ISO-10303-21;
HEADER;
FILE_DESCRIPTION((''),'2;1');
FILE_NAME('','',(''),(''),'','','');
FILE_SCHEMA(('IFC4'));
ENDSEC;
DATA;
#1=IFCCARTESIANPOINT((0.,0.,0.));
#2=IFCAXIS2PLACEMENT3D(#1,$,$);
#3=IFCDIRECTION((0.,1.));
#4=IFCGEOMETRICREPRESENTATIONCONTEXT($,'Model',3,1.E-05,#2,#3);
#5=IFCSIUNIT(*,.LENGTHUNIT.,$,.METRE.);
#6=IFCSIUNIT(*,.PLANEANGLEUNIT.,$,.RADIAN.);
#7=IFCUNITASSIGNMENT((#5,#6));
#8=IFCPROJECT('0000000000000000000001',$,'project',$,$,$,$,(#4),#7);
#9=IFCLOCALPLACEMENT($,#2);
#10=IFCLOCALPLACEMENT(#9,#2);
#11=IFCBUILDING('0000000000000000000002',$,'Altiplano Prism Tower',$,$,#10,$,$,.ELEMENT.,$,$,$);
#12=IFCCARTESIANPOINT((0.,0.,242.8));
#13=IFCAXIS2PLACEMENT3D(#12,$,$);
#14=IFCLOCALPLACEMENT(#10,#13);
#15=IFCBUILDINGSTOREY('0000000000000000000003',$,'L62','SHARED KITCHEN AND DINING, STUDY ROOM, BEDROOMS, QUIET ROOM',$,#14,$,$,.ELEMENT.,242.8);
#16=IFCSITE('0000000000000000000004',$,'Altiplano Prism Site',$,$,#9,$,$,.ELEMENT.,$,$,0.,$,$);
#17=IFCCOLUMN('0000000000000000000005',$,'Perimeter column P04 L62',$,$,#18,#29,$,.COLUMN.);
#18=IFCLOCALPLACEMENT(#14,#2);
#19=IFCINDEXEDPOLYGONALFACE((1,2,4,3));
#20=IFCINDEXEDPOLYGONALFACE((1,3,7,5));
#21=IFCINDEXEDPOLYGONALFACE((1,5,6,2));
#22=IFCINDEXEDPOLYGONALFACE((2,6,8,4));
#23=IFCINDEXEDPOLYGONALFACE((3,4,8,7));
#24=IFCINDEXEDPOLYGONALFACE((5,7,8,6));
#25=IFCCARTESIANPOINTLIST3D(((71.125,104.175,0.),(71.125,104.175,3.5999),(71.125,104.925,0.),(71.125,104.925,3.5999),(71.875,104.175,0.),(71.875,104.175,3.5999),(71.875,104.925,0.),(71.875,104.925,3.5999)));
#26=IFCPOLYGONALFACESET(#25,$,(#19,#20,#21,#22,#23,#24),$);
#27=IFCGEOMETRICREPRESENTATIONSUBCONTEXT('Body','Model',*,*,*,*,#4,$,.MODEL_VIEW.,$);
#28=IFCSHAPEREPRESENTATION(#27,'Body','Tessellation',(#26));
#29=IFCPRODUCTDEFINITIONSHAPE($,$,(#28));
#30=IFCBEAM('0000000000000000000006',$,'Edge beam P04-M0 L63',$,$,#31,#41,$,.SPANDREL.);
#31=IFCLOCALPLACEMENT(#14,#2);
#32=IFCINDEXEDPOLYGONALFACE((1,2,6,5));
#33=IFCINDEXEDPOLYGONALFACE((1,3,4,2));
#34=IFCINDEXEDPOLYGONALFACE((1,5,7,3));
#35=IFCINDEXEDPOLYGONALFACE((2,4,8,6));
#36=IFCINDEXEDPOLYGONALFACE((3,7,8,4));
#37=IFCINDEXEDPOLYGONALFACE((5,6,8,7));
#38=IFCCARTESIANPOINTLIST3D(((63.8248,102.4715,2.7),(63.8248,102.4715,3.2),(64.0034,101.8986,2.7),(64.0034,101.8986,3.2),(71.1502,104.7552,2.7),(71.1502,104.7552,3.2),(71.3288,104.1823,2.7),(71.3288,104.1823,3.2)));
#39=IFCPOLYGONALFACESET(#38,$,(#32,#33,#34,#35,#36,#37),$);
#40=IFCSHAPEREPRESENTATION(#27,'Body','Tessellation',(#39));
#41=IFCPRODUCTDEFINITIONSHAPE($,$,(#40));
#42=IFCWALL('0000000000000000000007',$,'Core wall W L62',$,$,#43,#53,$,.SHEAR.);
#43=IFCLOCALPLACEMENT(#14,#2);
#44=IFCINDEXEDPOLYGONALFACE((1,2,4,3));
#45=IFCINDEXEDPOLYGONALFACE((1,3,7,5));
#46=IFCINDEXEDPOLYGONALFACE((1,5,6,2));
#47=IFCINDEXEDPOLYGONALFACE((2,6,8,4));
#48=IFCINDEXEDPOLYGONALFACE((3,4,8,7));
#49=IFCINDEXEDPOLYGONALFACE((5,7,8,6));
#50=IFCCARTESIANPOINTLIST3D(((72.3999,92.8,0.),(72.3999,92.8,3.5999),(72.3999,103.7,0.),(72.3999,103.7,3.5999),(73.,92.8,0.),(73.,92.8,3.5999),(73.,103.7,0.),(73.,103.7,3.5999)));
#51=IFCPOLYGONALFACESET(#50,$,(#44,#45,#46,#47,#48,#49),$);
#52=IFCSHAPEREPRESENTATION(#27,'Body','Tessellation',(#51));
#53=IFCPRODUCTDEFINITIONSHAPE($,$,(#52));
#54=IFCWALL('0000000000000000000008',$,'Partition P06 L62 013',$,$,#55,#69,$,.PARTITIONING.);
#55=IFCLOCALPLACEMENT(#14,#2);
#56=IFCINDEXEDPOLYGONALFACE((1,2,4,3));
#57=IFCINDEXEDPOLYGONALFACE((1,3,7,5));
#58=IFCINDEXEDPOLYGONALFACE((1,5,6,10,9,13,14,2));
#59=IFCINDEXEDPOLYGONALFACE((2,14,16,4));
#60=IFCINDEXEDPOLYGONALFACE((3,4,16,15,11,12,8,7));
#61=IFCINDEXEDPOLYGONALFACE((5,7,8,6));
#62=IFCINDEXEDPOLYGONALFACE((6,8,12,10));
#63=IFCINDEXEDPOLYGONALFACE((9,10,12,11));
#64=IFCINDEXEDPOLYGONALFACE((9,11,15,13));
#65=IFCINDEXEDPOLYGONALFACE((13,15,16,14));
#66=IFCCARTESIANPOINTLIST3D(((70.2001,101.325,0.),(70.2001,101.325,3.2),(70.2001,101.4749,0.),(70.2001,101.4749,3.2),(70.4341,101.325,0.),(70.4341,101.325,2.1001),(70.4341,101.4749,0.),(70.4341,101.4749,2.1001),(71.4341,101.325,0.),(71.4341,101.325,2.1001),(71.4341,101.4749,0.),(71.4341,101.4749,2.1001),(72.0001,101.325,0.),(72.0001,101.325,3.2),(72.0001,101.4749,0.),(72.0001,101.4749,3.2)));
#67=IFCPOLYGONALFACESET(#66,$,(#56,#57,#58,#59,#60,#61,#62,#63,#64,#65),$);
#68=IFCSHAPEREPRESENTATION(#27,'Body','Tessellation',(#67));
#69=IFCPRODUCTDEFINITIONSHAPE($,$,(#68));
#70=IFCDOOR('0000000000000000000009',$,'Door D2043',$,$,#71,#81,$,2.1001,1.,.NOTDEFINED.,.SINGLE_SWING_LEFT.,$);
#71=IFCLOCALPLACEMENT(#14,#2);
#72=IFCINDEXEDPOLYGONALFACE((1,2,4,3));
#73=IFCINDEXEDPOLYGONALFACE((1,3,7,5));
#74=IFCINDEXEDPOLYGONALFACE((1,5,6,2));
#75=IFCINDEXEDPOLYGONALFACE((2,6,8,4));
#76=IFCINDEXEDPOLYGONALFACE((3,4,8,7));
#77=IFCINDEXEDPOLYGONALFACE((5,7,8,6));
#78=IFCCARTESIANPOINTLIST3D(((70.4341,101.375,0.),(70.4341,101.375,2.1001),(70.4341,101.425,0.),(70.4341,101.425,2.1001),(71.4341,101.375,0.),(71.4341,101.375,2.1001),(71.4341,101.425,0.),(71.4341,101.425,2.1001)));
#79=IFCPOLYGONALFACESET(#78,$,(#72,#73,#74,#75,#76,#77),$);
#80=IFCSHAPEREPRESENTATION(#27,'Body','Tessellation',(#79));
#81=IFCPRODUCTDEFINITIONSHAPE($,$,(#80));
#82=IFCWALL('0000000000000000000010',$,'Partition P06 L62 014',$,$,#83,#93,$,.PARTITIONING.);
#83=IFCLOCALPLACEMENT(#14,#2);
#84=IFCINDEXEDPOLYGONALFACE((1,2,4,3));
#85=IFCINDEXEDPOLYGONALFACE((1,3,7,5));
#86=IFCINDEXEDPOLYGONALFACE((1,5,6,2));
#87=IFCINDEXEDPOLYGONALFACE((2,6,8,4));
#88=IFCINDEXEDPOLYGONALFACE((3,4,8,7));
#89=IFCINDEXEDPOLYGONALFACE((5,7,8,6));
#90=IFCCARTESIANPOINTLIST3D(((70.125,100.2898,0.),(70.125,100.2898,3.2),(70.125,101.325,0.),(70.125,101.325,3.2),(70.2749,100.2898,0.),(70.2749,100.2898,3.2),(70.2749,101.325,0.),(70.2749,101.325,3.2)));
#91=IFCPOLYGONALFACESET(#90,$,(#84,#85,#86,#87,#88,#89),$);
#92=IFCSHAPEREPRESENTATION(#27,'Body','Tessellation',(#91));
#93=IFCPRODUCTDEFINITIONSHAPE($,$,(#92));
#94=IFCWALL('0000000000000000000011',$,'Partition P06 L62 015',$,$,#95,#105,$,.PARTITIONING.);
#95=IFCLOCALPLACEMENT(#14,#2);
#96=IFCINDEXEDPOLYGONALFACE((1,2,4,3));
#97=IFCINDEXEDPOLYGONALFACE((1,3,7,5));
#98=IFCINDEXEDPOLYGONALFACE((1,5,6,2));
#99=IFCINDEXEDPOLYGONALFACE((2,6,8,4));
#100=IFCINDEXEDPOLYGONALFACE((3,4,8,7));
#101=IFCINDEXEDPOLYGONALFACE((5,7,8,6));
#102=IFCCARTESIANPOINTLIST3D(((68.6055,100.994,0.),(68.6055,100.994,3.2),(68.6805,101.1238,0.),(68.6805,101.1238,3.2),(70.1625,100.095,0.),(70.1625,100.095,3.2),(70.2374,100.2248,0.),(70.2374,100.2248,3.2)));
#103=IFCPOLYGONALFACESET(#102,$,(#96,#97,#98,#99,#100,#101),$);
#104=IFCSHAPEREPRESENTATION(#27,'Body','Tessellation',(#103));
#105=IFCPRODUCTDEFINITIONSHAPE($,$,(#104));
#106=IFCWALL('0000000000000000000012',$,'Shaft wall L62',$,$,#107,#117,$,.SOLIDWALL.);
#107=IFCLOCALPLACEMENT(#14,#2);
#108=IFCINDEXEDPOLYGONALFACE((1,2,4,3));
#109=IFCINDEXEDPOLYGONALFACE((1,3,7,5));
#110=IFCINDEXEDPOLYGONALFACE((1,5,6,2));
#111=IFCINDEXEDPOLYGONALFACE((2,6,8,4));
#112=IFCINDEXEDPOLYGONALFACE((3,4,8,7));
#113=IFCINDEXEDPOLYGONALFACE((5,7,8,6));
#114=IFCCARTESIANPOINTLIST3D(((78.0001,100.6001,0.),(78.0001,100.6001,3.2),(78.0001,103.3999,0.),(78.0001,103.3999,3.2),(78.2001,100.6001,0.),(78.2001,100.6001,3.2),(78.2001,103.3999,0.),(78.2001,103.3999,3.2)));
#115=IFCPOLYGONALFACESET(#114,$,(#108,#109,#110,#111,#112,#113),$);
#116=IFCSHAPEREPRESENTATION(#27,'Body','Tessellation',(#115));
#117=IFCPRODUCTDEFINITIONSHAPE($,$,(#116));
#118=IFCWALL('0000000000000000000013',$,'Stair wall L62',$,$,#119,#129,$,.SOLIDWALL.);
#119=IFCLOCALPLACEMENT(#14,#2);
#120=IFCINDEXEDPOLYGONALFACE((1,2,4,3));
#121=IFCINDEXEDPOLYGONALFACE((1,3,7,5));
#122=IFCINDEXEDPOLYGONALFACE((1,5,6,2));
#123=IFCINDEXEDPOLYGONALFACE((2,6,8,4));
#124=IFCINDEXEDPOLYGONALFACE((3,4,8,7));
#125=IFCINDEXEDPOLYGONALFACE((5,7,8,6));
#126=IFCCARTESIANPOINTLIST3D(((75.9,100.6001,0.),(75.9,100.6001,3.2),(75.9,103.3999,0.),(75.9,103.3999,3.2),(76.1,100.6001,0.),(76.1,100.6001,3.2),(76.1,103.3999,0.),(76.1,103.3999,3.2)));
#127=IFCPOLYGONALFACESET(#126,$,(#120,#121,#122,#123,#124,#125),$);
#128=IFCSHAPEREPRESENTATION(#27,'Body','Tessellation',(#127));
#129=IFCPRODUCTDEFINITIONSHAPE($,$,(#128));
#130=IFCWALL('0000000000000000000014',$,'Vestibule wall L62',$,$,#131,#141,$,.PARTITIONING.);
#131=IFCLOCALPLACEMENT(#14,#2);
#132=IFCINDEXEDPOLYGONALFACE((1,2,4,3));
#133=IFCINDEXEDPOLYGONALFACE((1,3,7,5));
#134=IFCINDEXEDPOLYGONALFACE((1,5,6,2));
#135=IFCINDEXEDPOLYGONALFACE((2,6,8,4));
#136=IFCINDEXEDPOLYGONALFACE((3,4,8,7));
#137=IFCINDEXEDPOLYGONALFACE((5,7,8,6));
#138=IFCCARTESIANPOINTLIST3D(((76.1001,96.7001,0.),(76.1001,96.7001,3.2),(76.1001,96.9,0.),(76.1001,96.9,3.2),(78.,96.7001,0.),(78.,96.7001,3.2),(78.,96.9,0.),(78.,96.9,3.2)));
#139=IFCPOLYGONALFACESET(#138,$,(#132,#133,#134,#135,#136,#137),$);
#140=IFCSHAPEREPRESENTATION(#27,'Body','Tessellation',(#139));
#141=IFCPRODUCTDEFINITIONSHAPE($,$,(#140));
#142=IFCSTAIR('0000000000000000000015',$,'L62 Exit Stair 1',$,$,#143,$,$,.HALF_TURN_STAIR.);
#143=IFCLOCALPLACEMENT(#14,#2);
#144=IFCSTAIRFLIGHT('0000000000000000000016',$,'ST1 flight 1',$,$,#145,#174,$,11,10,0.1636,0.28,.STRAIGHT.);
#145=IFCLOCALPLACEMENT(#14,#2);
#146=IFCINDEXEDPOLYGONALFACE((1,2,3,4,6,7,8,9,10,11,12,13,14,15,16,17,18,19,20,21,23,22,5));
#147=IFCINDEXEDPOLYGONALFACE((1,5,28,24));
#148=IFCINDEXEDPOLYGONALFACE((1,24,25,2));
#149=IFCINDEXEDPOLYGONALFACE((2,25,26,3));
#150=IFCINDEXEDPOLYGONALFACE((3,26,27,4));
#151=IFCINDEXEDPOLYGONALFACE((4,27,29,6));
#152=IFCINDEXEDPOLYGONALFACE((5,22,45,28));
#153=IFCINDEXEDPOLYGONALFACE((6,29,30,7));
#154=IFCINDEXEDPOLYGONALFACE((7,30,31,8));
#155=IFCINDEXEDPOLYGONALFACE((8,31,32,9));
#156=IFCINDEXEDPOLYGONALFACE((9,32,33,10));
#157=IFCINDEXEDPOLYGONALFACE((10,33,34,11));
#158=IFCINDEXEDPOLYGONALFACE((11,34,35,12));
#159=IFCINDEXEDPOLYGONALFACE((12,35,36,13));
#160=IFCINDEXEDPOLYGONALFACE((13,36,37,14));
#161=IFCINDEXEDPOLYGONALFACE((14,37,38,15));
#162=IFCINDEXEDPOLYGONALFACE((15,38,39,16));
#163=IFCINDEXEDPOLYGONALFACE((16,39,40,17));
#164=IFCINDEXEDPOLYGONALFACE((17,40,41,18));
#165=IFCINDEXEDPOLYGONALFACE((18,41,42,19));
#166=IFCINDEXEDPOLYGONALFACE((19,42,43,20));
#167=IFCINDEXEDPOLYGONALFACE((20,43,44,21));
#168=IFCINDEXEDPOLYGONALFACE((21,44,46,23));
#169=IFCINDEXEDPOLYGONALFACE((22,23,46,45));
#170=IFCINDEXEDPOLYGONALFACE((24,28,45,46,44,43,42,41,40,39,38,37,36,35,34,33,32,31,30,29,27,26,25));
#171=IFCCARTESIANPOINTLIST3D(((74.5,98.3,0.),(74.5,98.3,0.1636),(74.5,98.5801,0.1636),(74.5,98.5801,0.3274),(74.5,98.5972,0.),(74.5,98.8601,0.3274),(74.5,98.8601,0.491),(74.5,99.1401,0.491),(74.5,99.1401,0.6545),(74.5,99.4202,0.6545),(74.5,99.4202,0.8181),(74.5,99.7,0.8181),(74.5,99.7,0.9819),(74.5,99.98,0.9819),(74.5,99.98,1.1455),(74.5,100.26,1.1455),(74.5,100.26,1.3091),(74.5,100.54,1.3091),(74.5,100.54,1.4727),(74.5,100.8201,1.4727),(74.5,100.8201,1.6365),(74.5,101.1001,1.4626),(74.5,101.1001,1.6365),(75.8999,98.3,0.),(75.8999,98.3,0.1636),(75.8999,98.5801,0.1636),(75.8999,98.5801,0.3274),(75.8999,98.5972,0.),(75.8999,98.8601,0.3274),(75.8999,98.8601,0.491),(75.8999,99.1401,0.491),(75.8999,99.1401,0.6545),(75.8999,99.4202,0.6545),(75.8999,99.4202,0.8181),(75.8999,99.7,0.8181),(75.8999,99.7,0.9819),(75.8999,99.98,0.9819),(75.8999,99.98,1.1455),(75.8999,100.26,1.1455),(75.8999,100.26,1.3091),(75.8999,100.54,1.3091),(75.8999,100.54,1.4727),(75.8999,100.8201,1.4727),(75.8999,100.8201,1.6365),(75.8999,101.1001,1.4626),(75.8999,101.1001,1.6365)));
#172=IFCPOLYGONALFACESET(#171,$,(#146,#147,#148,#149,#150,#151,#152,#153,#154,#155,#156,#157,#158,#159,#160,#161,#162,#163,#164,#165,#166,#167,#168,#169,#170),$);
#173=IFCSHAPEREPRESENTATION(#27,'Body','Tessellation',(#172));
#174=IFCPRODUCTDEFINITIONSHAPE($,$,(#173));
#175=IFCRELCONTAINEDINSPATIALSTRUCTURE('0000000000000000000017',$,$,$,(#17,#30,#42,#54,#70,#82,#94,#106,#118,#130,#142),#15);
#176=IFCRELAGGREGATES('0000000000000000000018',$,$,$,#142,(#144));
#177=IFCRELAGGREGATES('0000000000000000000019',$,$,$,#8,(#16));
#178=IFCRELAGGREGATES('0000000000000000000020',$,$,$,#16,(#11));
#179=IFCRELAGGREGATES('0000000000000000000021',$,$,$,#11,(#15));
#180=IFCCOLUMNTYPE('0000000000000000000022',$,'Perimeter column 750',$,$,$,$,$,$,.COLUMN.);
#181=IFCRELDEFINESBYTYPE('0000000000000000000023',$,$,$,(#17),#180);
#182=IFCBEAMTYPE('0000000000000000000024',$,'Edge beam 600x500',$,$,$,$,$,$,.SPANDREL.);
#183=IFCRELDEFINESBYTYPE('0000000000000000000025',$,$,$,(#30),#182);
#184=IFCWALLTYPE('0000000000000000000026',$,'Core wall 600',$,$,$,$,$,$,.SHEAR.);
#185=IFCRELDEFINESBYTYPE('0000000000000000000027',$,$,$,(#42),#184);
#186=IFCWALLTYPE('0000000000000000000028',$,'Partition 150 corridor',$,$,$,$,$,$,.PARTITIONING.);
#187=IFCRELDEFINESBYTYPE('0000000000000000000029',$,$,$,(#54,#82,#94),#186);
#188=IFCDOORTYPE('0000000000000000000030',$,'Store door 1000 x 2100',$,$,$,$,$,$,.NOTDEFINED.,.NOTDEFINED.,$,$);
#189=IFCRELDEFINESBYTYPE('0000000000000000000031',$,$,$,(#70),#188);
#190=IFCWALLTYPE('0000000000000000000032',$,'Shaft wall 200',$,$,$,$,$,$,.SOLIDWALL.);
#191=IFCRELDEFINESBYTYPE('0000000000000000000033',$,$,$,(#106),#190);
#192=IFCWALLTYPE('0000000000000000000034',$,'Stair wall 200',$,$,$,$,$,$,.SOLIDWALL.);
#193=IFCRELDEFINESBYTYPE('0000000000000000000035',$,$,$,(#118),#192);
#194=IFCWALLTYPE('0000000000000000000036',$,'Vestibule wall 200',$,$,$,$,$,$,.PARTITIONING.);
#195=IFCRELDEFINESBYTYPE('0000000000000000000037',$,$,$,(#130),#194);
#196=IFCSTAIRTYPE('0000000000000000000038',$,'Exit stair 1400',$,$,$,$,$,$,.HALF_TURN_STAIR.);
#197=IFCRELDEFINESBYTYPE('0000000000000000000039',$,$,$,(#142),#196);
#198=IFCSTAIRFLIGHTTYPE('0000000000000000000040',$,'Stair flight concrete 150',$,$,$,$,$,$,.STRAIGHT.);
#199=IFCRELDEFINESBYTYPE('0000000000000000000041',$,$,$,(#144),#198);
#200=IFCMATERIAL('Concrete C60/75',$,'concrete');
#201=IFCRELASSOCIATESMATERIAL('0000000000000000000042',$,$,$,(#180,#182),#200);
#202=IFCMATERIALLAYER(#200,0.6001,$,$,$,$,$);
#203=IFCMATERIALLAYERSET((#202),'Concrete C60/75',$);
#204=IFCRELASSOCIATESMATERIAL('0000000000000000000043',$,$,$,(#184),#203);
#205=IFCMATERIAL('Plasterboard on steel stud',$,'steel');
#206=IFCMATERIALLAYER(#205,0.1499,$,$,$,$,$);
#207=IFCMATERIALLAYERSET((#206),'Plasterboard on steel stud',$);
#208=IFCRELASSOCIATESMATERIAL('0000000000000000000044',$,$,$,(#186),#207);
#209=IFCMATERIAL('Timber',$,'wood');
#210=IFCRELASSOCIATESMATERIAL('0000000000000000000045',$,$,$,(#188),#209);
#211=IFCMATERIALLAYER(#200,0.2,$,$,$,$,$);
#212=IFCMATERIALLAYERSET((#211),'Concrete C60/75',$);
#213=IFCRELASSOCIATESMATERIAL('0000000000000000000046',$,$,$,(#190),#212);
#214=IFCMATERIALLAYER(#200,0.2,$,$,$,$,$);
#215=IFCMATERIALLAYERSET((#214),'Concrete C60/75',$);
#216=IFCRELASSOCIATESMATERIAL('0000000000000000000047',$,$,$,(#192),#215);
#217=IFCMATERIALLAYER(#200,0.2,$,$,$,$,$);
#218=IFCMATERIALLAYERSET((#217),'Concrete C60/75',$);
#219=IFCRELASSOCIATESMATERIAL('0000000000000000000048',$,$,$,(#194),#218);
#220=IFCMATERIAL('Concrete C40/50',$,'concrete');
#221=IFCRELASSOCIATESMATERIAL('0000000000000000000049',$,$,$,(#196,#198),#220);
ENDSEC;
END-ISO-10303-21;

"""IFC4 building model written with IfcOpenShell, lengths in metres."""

from ifc_helpers import new_model, si_unit, direction, frame, frame_2d, origin, origin_2d, place, context, subcontext, project, spatial, polyline, rectangle, outline, extrude, material, layer, layer_set, material_profile, profile_set, type_object, element, fill, aggregate, save


model = new_model("IFC4")

# Units and contexts
model_context = context("Model", 3, precision=1e-05, world=origin(), true_north=direction((0.0, 1.0)))
body_context = subcontext(model_context, "Body", "Model", "MODEL_VIEW")
ifc_project = project(units=[si_unit("LENGTHUNIT", "METRE"), si_unit("PLANEANGLEUNIT", "RADIAN")], contexts=[model_context])

# Site, building, storey
site_placement = place(None, origin())
site = spatial("IfcSite", under=ifc_project, at=site_placement, Name="Altiplano Prism Site", CompositionType="ELEMENT", RefElevation=0.0)
building_placement = place(site_placement, origin())
building = spatial("IfcBuilding", under=site, at=building_placement, Name="Altiplano Prism Tower", CompositionType="ELEMENT")
storey_placement = place(building_placement, frame((0.0, 0.0, 242.8)))
storey = spatial("IfcBuildingStorey", under=building, at=storey_placement, Name="L62", Description="SHARED KITCHEN AND DINING, STUDY ROOM, BEDROOMS, QUIET ROOM", CompositionType="ELEMENT", Elevation=242.8)

# Column
ifc_material_1 = material(Name="Concrete C60/75", Category="concrete")
ifc_material_profile_1 = material_profile(ifc_material_1, rectangle(XDim=0.75, YDim=0.75, at=origin_2d()), Name="Perimeter column 750")
ifc_profile_set_1 = profile_set([ifc_material_profile_1], Name="Concrete C60/75")
column_type = type_object("IfcColumnType", Name="Perimeter column 750", PredefinedType="COLUMN", material=ifc_profile_set_1)
column_placement = place(storey_placement, frame((71.5, 104.55, 0.0), z_axis=(0.0, 0.0, 1.0), x_axis=(1.0, 0.0, 0.0)))
element("IfcColumn", 1, at=column_placement, inside=storey, type_object=column_type, Name="Perimeter column P04 L62", PredefinedType="COLUMN", context=body_context, shape_type="SweptSolid", body=[
    extrude(rectangle(XDim=0.75, YDim=0.75, at=origin_2d()), origin(), (0.0, 0.0, 1.0), 3.5999),
])

# Beam
ifc_material_profile_2 = material_profile(ifc_material_1, rectangle(XDim=0.6001, YDim=0.5, at=origin_2d()), Name="Edge beam 600x500")
ifc_profile_set_2 = profile_set([ifc_material_profile_2], Name="Concrete C60/75")
beam_type = type_object("IfcBeamType", Name="Edge beam 600x500", PredefinedType="SPANDREL", material=ifc_profile_set_2)
beam_placement = place(storey_placement, frame((71.2395, 104.4688, 2.95), z_axis=(-0.954684, -0.297621, 0.0), x_axis=(0.297621, -0.954684, 0.0)))
element("IfcBeam", 2, at=beam_placement, inside=storey, type_object=beam_type, Name="Edge beam P04-M0 L63", PredefinedType="SPANDREL", context=body_context, shape_type="SweptSolid", body=[
    extrude(rectangle(XDim=0.6001, YDim=0.5, at=origin_2d()), origin(), (0.0, 0.0, 1.0), 7.6731),
])

# Wall
ifc_layer_1 = layer(ifc_material_1, 0.6001)
ifc_layer_set_1 = layer_set([ifc_layer_1], Name="Concrete C60/75")
wall_type_1 = type_object("IfcWallType", Name="Core wall 600", PredefinedType="SHEAR", material=ifc_layer_set_1)
wall_1_placement = place(storey_placement, frame((72.7, 103.7, 0.0), z_axis=(0.0, 0.0, 1.0), x_axis=(0.0, -1.0, 0.0)))
element("IfcWall", 3, at=wall_1_placement, inside=storey, type_object=wall_type_1, Name="Core wall W L62", PredefinedType="SHEAR", context=body_context, shape_type="SweptSolid", body=[
    extrude(rectangle(XDim=10.8999, YDim=0.6001, at=frame_2d((5.45, 0.0))), origin(), (0.0, 0.0, 1.0), 3.5999),
])

# Wall, opening, door
ifc_material_2 = material(Name="Plasterboard on steel stud", Category="steel")
ifc_layer_2 = layer(ifc_material_2, 0.1499)
ifc_layer_set_2 = layer_set([ifc_layer_2], Name="Plasterboard on steel stud")
wall_type_2 = type_object("IfcWallType", Name="Partition 150 corridor", PredefinedType="PARTITIONING", material=ifc_layer_set_2)
wall_2_placement = place(storey_placement, frame((72.0, 101.3999, 0.0), z_axis=(0.0, 0.0, 1.0), x_axis=(-1.0, 0.0, 0.0)))
wall_2 = element("IfcWall", 4, at=wall_2_placement, inside=storey, type_object=wall_type_2, Name="Partition P06 L62 013", PredefinedType="PARTITIONING", context=body_context, shape_type="SweptSolid", body=[
    extrude(rectangle(XDim=1.8, YDim=0.1499, at=frame_2d((0.8999, 0.0))), origin(), (0.0, 0.0, 1.0), 3.2),
])
opening_1_placement = place(wall_2_placement, frame((0.5659, 0.0, 0.0)))
opening_1 = element("IfcOpeningElement", 5, at=opening_1_placement, cuts=wall_2, PredefinedType="OPENING", context=body_context, shape_type="SweptSolid", body=[
    extrude(rectangle(XDim=1.0, YDim=2.1001, at=frame_2d((0.5, 1.05))), frame((0.0, 0.0854, 0.0), z_axis=(0.0, -1.0, 0.0), x_axis=(1.0, 0.0, 0.0)), (0.0, 0.0, 1.0), 0.1709),
])
ifc_material_3 = material(Name="Timber", Category="wood")
door_type_1 = type_object("IfcDoorType", Name="Store door 1000 x 2100", OperationType="NOTDEFINED", PredefinedType="NOTDEFINED", material=ifc_material_3)
door_1_placement = place(opening_1_placement, origin())
door_1 = element("IfcDoor", 6, at=door_1_placement, inside=storey, type_object=door_type_1, Name="Door D2043", OperationType="SINGLE_SWING_LEFT", OverallHeight=2.1001, OverallWidth=1.0, PredefinedType="NOTDEFINED", context=body_context, shape_type="SweptSolid", body=[
    extrude(rectangle(XDim=1.0, YDim=2.1001, at=frame_2d((0.5, 1.05))), frame((0.0, 0.0249, 0.0), z_axis=(0.0, -1.0, 0.0), x_axis=(1.0, 0.0, 0.0)), (0.0, 0.0, 1.0), 0.05),
])
fill(opening_1, door_1)

# Walls
wall_3_placement = place(storey_placement, frame((70.2, 101.325, 0.0), z_axis=(0.0, 0.0, 1.0), x_axis=(0.0, -1.0, 0.0)))
element("IfcWall", 7, at=wall_3_placement, inside=storey, type_object=wall_type_2, Name="Partition P06 L62 014", PredefinedType="PARTITIONING", context=body_context, shape_type="SweptSolid", body=[
    extrude(rectangle(XDim=1.0352, YDim=0.1499, at=frame_2d((0.5176, 0.0))), origin(), (0.0, 0.0, 1.0), 3.2),
])
wall_4_placement = place(storey_placement, frame((70.2, 100.1599, 0.0), z_axis=(0.0, 0.0, 1.0), x_axis=(-0.866011, 0.500024, 0.0)))
element("IfcWall", 8, at=wall_4_placement, inside=storey, type_object=wall_type_2, Name="Partition P06 L62 015", PredefinedType="PARTITIONING", context=body_context, shape_type="SweptSolid", body=[
    extrude(rectangle(XDim=1.7979, YDim=0.1499, at=frame_2d((0.8989, 0.0))), origin(), (0.0, 0.0, 1.0), 3.2),
])
ifc_layer_3 = layer(ifc_material_1, 0.2)
ifc_layer_set_3 = layer_set([ifc_layer_3], Name="Concrete C60/75")
wall_type_3 = type_object("IfcWallType", Name="Shaft wall 200", PredefinedType="SOLIDWALL", material=ifc_layer_set_3)
wall_5_placement = place(storey_placement, frame((78.1001, 100.6001, 0.0), z_axis=(0.0, 0.0, 1.0), x_axis=(0.0, 1.0, 0.0)))
element("IfcWall", 9, at=wall_5_placement, inside=storey, type_object=wall_type_3, Name="Shaft wall L62", PredefinedType="SOLIDWALL", context=body_context, shape_type="SweptSolid", body=[
    extrude(rectangle(XDim=2.7998, YDim=0.2, at=frame_2d((1.3999, 0.0))), origin(), (0.0, 0.0, 1.0), 3.2),
])

# Shared definitions
ifc_layer_4 = layer(ifc_material_1, 0.2)
ifc_layer_set_4 = layer_set([ifc_layer_4], Name="Concrete C60/75")
wall_type_4 = type_object("IfcWallType", Name="Stair wall 200", PredefinedType="SOLIDWALL", material=ifc_layer_set_4)

# Walls
wall_6_placement = place(storey_placement, frame((76.0, 100.6001, 0.0), z_axis=(0.0, 0.0, 1.0), x_axis=(0.0, 1.0, 0.0)))
element("IfcWall", 10, at=wall_6_placement, inside=storey, type_object=wall_type_4, Name="Stair wall L62", PredefinedType="SOLIDWALL", context=body_context, shape_type="SweptSolid", body=[
    extrude(rectangle(XDim=2.7998, YDim=0.2, at=frame_2d((1.3999, 0.0))), origin(), (0.0, 0.0, 1.0), 3.2),
])
ifc_layer_5 = layer(ifc_material_1, 0.2)
ifc_layer_set_5 = layer_set([ifc_layer_5], Name="Concrete C60/75")
wall_type_5 = type_object("IfcWallType", Name="Vestibule wall 200", PredefinedType="PARTITIONING", material=ifc_layer_set_5)
wall_7_placement = place(storey_placement, frame((76.1001, 96.8, 0.0), z_axis=(0.0, 0.0, 1.0), x_axis=(1.0, 0.0, 0.0)))
element("IfcWall", 11, at=wall_7_placement, inside=storey, type_object=wall_type_5, Name="Vestibule wall L62", PredefinedType="PARTITIONING", context=body_context, shape_type="SweptSolid", body=[
    extrude(rectangle(XDim=1.8999, YDim=0.2, at=frame_2d((0.95, 0.0))), origin(), (0.0, 0.0, 1.0), 3.2),
])

# Stair, stair flight
ifc_material_4 = material(Name="Concrete C40/50", Category="concrete")
stair_type = type_object("IfcStairType", Name="Exit stair 1400", PredefinedType="HALF_TURN_STAIR", material=ifc_material_4)
stair_placement = place(storey_placement, origin())
stair = element("IfcStair", 12, at=stair_placement, inside=storey, type_object=stair_type, Name="L62 Exit Stair 1", PredefinedType="HALF_TURN_STAIR")
stair_flight_type = type_object("IfcStairFlightType", Name="Stair flight concrete 150", PredefinedType="STRAIGHT", material=ifc_material_4)
stair_flight_1_placement = place(storey_placement, frame((75.2, 98.3, 0.0), z_axis=(0.0, 0.0, 1.0), x_axis=(0.0, 1.0, 0.0)))
stair_flight_1 = element("IfcStairFlight", 13, at=stair_flight_1_placement, type_object=stair_flight_type, Name="ST1 flight 1", NumberOfRisers=11, NumberOfTreads=10, PredefinedType="STRAIGHT", RiserHeight=0.1636, TreadLength=0.28, context=body_context, shape_type="SweptSolid", body=[
    extrude(outline(polyline([(0.0, 0.0), (0.0, 0.1636), (0.28, 0.1636), (0.28, 0.3274), (0.5601, 0.3274), (0.5601, 0.491), (0.8401, 0.491), (0.8401, 0.6545), (1.1201, 0.6545), (1.1201, 0.8181), (1.3999, 0.8181), (1.3999, 0.9819), (1.6799, 0.9819), (1.6799, 1.1455), (1.96, 1.1455), (1.96, 1.3091), (2.24, 1.3091), (2.24, 1.4727), (2.52, 1.4727), (2.52, 1.6365), (2.8, 1.6365), (2.8, 1.8), (2.8, 1.4626), (0.2971, 0.0), (0.0, 0.0)])), frame((0.0, 0.7, 0.0), z_axis=(0.0, -1.0, 0.0), x_axis=(1.0, 0.0, 0.0)), (0.0, 0.0, 1.0), 1.3999),
])
aggregate(stair, [stair_flight_1])

save(model, "model.ifc")
